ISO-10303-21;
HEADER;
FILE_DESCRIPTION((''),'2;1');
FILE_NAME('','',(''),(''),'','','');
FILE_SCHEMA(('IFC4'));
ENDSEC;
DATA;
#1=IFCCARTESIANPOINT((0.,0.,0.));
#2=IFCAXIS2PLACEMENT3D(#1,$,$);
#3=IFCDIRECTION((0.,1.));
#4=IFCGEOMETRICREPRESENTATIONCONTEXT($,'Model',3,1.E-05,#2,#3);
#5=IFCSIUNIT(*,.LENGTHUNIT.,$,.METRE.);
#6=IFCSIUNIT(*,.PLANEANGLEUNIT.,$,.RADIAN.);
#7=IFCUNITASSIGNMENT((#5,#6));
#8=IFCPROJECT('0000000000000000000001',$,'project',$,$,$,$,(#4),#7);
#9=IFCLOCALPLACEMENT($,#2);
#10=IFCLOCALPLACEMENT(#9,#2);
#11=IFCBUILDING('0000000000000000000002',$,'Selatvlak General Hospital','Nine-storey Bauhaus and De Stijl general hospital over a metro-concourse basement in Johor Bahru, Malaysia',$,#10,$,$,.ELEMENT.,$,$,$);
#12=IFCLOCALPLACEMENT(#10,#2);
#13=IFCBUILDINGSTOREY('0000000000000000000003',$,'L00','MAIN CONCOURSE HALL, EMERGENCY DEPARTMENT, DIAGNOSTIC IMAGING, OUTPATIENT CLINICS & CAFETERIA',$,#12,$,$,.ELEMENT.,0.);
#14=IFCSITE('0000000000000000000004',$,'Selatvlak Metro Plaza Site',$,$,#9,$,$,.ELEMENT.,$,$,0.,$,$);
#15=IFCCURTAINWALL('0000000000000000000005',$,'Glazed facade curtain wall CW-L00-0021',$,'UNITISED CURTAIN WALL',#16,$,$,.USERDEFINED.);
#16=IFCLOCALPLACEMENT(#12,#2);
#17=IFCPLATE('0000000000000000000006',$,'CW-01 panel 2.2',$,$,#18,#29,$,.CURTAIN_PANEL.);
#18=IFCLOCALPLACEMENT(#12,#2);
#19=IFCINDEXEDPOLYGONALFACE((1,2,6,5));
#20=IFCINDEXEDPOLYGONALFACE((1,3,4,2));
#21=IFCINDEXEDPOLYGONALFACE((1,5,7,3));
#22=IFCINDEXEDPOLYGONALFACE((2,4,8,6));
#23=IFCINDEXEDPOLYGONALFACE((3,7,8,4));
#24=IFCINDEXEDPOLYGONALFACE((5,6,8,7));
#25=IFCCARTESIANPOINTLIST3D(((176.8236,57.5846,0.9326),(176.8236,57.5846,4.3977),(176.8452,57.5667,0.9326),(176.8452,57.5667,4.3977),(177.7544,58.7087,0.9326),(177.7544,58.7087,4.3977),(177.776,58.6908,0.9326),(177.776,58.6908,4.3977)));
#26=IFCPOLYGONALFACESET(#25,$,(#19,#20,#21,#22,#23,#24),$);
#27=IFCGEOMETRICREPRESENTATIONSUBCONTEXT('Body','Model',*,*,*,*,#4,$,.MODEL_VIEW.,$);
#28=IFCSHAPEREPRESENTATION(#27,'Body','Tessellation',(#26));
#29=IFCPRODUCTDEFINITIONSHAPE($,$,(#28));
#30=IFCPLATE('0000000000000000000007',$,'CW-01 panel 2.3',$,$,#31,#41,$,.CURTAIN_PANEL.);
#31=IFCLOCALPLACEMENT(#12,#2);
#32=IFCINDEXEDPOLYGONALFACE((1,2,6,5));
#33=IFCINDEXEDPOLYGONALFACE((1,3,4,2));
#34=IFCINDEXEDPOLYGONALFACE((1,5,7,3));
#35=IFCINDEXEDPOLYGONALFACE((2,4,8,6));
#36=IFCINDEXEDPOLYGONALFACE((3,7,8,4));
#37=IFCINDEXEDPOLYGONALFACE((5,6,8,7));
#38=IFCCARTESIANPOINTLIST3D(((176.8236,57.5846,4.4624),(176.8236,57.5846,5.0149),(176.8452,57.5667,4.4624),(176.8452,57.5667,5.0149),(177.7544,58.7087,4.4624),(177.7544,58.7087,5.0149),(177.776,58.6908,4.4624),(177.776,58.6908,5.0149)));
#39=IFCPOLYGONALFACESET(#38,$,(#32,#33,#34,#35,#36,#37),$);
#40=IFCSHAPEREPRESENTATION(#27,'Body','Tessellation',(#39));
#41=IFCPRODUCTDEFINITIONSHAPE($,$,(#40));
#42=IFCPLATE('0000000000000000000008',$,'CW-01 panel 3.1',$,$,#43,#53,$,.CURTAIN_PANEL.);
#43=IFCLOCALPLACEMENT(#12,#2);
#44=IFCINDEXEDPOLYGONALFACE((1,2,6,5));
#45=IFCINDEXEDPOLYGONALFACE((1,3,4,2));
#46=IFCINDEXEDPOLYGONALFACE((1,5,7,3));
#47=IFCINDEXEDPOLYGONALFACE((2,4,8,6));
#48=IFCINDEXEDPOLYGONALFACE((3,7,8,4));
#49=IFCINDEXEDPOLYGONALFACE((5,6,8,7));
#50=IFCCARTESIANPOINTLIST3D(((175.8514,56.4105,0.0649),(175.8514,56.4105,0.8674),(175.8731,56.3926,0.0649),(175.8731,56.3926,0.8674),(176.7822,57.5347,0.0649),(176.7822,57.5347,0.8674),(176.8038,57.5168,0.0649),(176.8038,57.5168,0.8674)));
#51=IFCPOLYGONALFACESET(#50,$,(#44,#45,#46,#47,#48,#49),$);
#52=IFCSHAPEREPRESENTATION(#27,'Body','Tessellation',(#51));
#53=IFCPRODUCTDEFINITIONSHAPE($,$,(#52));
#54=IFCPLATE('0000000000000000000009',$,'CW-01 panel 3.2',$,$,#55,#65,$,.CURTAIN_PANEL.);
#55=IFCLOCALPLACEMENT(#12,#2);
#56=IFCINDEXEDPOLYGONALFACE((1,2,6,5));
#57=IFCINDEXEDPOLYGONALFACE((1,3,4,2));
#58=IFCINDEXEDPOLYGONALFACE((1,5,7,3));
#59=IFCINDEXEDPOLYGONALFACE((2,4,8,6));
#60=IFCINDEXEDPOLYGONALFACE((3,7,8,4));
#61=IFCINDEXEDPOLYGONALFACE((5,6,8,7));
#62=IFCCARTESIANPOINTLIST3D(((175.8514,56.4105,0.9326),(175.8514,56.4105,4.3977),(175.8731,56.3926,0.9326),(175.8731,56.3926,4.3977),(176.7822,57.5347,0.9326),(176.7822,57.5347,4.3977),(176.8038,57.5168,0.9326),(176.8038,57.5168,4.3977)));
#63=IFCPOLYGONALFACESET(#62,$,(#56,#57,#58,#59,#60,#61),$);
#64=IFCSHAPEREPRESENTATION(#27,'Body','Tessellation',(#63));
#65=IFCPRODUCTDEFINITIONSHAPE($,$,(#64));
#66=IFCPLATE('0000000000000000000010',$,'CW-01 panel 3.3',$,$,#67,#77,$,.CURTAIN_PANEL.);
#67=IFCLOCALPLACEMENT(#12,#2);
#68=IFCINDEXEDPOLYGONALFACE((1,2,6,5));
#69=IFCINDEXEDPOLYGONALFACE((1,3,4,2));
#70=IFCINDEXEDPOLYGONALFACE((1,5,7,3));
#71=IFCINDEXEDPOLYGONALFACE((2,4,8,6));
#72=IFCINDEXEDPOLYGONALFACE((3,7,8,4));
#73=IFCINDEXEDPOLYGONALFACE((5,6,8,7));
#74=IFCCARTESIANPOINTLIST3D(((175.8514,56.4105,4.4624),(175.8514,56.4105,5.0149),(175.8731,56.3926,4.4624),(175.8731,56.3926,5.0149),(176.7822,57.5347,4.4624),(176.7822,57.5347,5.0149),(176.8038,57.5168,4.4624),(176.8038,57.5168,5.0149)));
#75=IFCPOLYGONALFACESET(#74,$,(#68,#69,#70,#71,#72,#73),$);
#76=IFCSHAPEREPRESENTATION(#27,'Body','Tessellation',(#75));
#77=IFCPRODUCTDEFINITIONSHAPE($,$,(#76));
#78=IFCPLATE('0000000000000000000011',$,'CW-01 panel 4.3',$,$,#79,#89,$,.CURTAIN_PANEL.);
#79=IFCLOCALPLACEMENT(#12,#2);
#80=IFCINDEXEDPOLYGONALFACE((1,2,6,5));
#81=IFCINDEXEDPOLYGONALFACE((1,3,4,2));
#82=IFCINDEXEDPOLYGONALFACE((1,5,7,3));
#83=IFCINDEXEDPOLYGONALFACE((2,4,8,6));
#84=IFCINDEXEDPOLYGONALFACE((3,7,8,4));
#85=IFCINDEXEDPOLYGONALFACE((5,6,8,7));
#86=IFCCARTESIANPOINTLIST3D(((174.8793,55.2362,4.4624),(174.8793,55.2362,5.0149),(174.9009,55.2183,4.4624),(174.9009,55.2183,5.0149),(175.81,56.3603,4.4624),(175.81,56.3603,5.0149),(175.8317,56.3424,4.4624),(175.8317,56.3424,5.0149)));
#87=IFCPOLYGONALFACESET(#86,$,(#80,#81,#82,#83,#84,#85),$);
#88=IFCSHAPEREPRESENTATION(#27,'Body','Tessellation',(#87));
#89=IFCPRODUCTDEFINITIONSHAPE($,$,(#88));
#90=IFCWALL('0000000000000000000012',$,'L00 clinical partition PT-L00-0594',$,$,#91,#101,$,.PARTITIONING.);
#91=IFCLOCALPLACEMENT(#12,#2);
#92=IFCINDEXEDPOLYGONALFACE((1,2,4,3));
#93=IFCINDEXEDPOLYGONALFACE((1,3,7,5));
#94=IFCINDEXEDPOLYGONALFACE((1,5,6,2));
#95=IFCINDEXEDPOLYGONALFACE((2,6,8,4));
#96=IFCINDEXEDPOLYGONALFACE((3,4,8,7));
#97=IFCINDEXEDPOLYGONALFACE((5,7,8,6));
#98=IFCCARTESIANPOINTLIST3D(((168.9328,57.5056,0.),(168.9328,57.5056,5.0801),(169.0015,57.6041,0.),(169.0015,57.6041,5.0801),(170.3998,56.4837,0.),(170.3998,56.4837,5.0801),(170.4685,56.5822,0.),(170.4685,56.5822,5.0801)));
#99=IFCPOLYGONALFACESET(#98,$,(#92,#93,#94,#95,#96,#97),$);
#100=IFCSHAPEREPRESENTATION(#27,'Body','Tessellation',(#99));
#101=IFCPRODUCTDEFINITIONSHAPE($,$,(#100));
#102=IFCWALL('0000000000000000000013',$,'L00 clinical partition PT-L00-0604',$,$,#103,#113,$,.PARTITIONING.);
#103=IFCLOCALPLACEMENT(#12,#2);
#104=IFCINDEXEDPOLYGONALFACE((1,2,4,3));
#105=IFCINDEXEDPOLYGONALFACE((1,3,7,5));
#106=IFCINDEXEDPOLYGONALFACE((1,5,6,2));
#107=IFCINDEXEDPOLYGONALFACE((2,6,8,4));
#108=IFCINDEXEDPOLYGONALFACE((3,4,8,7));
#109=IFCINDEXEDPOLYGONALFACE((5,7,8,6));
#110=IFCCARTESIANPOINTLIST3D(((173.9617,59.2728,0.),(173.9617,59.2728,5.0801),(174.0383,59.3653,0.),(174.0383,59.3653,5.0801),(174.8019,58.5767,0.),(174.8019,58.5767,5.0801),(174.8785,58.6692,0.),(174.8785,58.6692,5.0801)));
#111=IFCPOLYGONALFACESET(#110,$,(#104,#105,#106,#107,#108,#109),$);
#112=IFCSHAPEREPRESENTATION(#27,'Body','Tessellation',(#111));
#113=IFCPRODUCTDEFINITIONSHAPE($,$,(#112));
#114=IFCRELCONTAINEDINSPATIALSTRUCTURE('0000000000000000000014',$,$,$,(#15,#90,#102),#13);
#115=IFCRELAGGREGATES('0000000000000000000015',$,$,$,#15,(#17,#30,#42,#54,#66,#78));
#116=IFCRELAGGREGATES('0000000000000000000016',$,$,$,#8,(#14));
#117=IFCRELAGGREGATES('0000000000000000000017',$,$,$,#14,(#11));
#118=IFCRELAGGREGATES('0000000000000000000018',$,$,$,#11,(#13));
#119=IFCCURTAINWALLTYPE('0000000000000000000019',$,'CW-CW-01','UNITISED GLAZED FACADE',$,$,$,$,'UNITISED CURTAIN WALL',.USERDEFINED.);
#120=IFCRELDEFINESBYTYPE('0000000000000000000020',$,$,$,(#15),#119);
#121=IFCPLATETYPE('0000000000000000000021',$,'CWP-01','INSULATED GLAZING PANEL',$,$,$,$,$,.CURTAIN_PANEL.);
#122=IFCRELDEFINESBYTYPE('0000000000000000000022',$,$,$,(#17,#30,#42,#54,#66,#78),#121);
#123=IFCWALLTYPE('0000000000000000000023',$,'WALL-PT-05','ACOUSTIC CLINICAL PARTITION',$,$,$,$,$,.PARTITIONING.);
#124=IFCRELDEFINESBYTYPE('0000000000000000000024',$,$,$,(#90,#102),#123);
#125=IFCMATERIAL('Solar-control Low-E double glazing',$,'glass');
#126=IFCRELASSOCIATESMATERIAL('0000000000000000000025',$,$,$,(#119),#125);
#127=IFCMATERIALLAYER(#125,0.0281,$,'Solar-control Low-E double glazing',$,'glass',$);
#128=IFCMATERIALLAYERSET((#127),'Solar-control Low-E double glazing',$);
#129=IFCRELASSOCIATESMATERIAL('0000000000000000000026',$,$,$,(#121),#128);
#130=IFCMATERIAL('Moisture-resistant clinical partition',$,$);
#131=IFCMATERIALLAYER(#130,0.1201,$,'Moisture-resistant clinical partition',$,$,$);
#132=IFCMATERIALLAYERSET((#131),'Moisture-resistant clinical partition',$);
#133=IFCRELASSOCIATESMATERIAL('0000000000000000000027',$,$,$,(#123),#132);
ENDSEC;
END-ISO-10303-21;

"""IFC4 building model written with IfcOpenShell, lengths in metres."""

from ifc_helpers import new_model, si_unit, direction, frame, frame_2d, origin, origin_2d, place, context, subcontext, project, spatial, rectangle, extrude, material, layer, layer_set, type_object, element, aggregate, save


model = new_model("IFC4")

# Units and contexts
model_context = context("Model", 3, precision=1e-05, world=origin(), true_north=direction((0.0, 1.0)))
body_context = subcontext(model_context, "Body", "Model", "MODEL_VIEW")
ifc_project = project(units=[si_unit("LENGTHUNIT", "METRE"), si_unit("PLANEANGLEUNIT", "RADIAN")], contexts=[model_context])

# Site, building, storey
site_placement = place(None, origin())
site = spatial("IfcSite", under=ifc_project, at=site_placement, Name="Selatvlak Metro Plaza Site", CompositionType="ELEMENT", RefElevation=0.0)
building_placement = place(site_placement, origin())
building = spatial("IfcBuilding", under=site, at=building_placement, Name="Selatvlak General Hospital", Description="Nine-storey Bauhaus and De Stijl general hospital over a metro-concourse basement in Johor Bahru, Malaysia", CompositionType="ELEMENT")
storey_placement = place(building_placement, origin())
storey = spatial("IfcBuildingStorey", under=building, at=storey_placement, Name="L00", Description="MAIN CONCOURSE HALL, EMERGENCY DEPARTMENT, DIAGNOSTIC IMAGING, OUTPATIENT CLINICS & CAFETERIA", CompositionType="ELEMENT", Elevation=0.0)

# Curtain wall, plates
ifc_material_1 = material(Name="Solar-control Low-E double glazing", Category="glass")
curtain_wall_type = type_object("IfcCurtainWallType", Name="CW-CW-01", Description="UNITISED GLAZED FACADE", ElementType="UNITISED CURTAIN WALL", PredefinedType="USERDEFINED", material=ifc_material_1)
curtain_wall_placement = place(storey_placement, origin())
curtain_wall = element("IfcCurtainWall", 1, at=curtain_wall_placement, inside=storey, type_object=curtain_wall_type, Name="Glazed facade curtain wall CW-L00-0021", ObjectType="UNITISED CURTAIN WALL", PredefinedType="USERDEFINED")
ifc_layer_1 = layer(ifc_material_1, 0.0281, Name="Solar-control Low-E double glazing", Category="glass")
ifc_layer_set_1 = layer_set([ifc_layer_1], Name="Solar-control Low-E double glazing")
plate_type = type_object("IfcPlateType", Name="CWP-01", Description="INSULATED GLAZING PANEL", PredefinedType="CURTAIN_PANEL", material=ifc_layer_set_1)
plate_1_placement = place(storey_placement, frame((177.2998, 58.1377, 0.9326), z_axis=(0.0, 0.0, 1.0), x_axis=(-0.63774, -0.770252, 0.0)))
plate_1 = element("IfcPlate", 2, at=plate_1_placement, type_object=plate_type, Name="CW-01 panel 2.2", PredefinedType="CURTAIN_PANEL", context=body_context, shape_type="SweptSolid", body=[
    extrude(rectangle(XDim=1.4595, YDim=0.0281, at=origin_2d()), origin(), (0.0, 0.0, 1.0), 3.4651),
])
plate_2_placement = place(storey_placement, frame((177.2998, 58.1377, 4.4624), z_axis=(0.0, 0.0, 1.0), x_axis=(-0.63774, -0.770252, 0.0)))
plate_2 = element("IfcPlate", 3, at=plate_2_placement, type_object=plate_type, Name="CW-01 panel 2.3", PredefinedType="CURTAIN_PANEL", context=body_context, shape_type="SweptSolid", body=[
    extrude(rectangle(XDim=1.4595, YDim=0.0281, at=origin_2d()), origin(), (0.0, 0.0, 1.0), 0.5525),
])
plate_3_placement = place(storey_placement, frame((176.3276, 56.9636, 0.0649), z_axis=(0.0, 0.0, 1.0), x_axis=(-0.63774, -0.770252, 0.0)))
plate_3 = element("IfcPlate", 4, at=plate_3_placement, type_object=plate_type, Name="CW-01 panel 3.1", PredefinedType="CURTAIN_PANEL", context=body_context, shape_type="SweptSolid", body=[
    extrude(rectangle(XDim=1.4595, YDim=0.0281, at=origin_2d()), origin(), (0.0, 0.0, 1.0), 0.8025),
])
plate_4_placement = place(storey_placement, frame((176.3276, 56.9636, 0.9326), z_axis=(0.0, 0.0, 1.0), x_axis=(-0.63774, -0.770252, 0.0)))
plate_4 = element("IfcPlate", 5, at=plate_4_placement, type_object=plate_type, Name="CW-01 panel 3.2", PredefinedType="CURTAIN_PANEL", context=body_context, shape_type="SweptSolid", body=[
    extrude(rectangle(XDim=1.4595, YDim=0.0281, at=origin_2d()), origin(), (0.0, 0.0, 1.0), 3.4651),
])
plate_5_placement = place(storey_placement, frame((176.3276, 56.9636, 4.4624), z_axis=(0.0, 0.0, 1.0), x_axis=(-0.63774, -0.770252, 0.0)))
plate_5 = element("IfcPlate", 6, at=plate_5_placement, type_object=plate_type, Name="CW-01 panel 3.3", PredefinedType="CURTAIN_PANEL", context=body_context, shape_type="SweptSolid", body=[
    extrude(rectangle(XDim=1.4595, YDim=0.0281, at=origin_2d()), origin(), (0.0, 0.0, 1.0), 0.5525),
])
plate_6_placement = place(storey_placement, frame((175.3555, 55.7893, 4.4624), z_axis=(0.0, 0.0, 1.0), x_axis=(-0.63774, -0.770252, 0.0)))
plate_6 = element("IfcPlate", 7, at=plate_6_placement, type_object=plate_type, Name="CW-01 panel 4.3", PredefinedType="CURTAIN_PANEL", context=body_context, shape_type="SweptSolid", body=[
    extrude(rectangle(XDim=1.4595, YDim=0.0281, at=origin_2d()), origin(), (0.0, 0.0, 1.0), 0.5525),
])
aggregate(curtain_wall, [plate_1, plate_2, plate_3, plate_4, plate_5, plate_6])

# Shared definitions
ifc_material_2 = material(Name="Moisture-resistant clinical partition")

# Walls
ifc_layer_2 = layer(ifc_material_2, 0.1201, Name="Moisture-resistant clinical partition")
ifc_layer_set_2 = layer_set([ifc_layer_2], Name="Moisture-resistant clinical partition")
wall_type_1 = type_object("IfcWallType", Name="WALL-PT-05", Description="ACOUSTIC CLINICAL PARTITION", PredefinedType="PARTITIONING", material=ifc_layer_set_2)
wall_1_placement = place(storey_placement, frame((168.967, 57.5549, 0.0), z_axis=(0.0, 0.0, 1.0), x_axis=(0.820532, -0.5716, 0.0)))
element("IfcWall", 8, at=wall_1_placement, inside=storey, type_object=wall_type_1, Name="L00 clinical partition PT-L00-0594", PredefinedType="PARTITIONING", context=body_context, shape_type="SweptSolid", body=[
    extrude(rectangle(XDim=1.7878, YDim=0.1201, at=frame_2d((0.894, 0.0))), origin(), (0.0, 0.0, 1.0), 5.0801),
])
wall_2_placement = place(storey_placement, frame((174.8401, 58.623, 0.0), z_axis=(0.0, 0.0, 1.0), x_axis=(-0.770034, 0.638003, 0.0)))
element("IfcWall", 9, at=wall_2_placement, inside=storey, type_object=wall_type_1, Name="L00 clinical partition PT-L00-0604", PredefinedType="PARTITIONING", context=body_context, shape_type="SweptSolid", body=[
    extrude(rectangle(XDim=1.0911, YDim=0.1201, at=frame_2d((0.5454, 0.0))), origin(), (0.0, 0.0, 1.0), 5.0801),
])

save(model, "model.ifc")
